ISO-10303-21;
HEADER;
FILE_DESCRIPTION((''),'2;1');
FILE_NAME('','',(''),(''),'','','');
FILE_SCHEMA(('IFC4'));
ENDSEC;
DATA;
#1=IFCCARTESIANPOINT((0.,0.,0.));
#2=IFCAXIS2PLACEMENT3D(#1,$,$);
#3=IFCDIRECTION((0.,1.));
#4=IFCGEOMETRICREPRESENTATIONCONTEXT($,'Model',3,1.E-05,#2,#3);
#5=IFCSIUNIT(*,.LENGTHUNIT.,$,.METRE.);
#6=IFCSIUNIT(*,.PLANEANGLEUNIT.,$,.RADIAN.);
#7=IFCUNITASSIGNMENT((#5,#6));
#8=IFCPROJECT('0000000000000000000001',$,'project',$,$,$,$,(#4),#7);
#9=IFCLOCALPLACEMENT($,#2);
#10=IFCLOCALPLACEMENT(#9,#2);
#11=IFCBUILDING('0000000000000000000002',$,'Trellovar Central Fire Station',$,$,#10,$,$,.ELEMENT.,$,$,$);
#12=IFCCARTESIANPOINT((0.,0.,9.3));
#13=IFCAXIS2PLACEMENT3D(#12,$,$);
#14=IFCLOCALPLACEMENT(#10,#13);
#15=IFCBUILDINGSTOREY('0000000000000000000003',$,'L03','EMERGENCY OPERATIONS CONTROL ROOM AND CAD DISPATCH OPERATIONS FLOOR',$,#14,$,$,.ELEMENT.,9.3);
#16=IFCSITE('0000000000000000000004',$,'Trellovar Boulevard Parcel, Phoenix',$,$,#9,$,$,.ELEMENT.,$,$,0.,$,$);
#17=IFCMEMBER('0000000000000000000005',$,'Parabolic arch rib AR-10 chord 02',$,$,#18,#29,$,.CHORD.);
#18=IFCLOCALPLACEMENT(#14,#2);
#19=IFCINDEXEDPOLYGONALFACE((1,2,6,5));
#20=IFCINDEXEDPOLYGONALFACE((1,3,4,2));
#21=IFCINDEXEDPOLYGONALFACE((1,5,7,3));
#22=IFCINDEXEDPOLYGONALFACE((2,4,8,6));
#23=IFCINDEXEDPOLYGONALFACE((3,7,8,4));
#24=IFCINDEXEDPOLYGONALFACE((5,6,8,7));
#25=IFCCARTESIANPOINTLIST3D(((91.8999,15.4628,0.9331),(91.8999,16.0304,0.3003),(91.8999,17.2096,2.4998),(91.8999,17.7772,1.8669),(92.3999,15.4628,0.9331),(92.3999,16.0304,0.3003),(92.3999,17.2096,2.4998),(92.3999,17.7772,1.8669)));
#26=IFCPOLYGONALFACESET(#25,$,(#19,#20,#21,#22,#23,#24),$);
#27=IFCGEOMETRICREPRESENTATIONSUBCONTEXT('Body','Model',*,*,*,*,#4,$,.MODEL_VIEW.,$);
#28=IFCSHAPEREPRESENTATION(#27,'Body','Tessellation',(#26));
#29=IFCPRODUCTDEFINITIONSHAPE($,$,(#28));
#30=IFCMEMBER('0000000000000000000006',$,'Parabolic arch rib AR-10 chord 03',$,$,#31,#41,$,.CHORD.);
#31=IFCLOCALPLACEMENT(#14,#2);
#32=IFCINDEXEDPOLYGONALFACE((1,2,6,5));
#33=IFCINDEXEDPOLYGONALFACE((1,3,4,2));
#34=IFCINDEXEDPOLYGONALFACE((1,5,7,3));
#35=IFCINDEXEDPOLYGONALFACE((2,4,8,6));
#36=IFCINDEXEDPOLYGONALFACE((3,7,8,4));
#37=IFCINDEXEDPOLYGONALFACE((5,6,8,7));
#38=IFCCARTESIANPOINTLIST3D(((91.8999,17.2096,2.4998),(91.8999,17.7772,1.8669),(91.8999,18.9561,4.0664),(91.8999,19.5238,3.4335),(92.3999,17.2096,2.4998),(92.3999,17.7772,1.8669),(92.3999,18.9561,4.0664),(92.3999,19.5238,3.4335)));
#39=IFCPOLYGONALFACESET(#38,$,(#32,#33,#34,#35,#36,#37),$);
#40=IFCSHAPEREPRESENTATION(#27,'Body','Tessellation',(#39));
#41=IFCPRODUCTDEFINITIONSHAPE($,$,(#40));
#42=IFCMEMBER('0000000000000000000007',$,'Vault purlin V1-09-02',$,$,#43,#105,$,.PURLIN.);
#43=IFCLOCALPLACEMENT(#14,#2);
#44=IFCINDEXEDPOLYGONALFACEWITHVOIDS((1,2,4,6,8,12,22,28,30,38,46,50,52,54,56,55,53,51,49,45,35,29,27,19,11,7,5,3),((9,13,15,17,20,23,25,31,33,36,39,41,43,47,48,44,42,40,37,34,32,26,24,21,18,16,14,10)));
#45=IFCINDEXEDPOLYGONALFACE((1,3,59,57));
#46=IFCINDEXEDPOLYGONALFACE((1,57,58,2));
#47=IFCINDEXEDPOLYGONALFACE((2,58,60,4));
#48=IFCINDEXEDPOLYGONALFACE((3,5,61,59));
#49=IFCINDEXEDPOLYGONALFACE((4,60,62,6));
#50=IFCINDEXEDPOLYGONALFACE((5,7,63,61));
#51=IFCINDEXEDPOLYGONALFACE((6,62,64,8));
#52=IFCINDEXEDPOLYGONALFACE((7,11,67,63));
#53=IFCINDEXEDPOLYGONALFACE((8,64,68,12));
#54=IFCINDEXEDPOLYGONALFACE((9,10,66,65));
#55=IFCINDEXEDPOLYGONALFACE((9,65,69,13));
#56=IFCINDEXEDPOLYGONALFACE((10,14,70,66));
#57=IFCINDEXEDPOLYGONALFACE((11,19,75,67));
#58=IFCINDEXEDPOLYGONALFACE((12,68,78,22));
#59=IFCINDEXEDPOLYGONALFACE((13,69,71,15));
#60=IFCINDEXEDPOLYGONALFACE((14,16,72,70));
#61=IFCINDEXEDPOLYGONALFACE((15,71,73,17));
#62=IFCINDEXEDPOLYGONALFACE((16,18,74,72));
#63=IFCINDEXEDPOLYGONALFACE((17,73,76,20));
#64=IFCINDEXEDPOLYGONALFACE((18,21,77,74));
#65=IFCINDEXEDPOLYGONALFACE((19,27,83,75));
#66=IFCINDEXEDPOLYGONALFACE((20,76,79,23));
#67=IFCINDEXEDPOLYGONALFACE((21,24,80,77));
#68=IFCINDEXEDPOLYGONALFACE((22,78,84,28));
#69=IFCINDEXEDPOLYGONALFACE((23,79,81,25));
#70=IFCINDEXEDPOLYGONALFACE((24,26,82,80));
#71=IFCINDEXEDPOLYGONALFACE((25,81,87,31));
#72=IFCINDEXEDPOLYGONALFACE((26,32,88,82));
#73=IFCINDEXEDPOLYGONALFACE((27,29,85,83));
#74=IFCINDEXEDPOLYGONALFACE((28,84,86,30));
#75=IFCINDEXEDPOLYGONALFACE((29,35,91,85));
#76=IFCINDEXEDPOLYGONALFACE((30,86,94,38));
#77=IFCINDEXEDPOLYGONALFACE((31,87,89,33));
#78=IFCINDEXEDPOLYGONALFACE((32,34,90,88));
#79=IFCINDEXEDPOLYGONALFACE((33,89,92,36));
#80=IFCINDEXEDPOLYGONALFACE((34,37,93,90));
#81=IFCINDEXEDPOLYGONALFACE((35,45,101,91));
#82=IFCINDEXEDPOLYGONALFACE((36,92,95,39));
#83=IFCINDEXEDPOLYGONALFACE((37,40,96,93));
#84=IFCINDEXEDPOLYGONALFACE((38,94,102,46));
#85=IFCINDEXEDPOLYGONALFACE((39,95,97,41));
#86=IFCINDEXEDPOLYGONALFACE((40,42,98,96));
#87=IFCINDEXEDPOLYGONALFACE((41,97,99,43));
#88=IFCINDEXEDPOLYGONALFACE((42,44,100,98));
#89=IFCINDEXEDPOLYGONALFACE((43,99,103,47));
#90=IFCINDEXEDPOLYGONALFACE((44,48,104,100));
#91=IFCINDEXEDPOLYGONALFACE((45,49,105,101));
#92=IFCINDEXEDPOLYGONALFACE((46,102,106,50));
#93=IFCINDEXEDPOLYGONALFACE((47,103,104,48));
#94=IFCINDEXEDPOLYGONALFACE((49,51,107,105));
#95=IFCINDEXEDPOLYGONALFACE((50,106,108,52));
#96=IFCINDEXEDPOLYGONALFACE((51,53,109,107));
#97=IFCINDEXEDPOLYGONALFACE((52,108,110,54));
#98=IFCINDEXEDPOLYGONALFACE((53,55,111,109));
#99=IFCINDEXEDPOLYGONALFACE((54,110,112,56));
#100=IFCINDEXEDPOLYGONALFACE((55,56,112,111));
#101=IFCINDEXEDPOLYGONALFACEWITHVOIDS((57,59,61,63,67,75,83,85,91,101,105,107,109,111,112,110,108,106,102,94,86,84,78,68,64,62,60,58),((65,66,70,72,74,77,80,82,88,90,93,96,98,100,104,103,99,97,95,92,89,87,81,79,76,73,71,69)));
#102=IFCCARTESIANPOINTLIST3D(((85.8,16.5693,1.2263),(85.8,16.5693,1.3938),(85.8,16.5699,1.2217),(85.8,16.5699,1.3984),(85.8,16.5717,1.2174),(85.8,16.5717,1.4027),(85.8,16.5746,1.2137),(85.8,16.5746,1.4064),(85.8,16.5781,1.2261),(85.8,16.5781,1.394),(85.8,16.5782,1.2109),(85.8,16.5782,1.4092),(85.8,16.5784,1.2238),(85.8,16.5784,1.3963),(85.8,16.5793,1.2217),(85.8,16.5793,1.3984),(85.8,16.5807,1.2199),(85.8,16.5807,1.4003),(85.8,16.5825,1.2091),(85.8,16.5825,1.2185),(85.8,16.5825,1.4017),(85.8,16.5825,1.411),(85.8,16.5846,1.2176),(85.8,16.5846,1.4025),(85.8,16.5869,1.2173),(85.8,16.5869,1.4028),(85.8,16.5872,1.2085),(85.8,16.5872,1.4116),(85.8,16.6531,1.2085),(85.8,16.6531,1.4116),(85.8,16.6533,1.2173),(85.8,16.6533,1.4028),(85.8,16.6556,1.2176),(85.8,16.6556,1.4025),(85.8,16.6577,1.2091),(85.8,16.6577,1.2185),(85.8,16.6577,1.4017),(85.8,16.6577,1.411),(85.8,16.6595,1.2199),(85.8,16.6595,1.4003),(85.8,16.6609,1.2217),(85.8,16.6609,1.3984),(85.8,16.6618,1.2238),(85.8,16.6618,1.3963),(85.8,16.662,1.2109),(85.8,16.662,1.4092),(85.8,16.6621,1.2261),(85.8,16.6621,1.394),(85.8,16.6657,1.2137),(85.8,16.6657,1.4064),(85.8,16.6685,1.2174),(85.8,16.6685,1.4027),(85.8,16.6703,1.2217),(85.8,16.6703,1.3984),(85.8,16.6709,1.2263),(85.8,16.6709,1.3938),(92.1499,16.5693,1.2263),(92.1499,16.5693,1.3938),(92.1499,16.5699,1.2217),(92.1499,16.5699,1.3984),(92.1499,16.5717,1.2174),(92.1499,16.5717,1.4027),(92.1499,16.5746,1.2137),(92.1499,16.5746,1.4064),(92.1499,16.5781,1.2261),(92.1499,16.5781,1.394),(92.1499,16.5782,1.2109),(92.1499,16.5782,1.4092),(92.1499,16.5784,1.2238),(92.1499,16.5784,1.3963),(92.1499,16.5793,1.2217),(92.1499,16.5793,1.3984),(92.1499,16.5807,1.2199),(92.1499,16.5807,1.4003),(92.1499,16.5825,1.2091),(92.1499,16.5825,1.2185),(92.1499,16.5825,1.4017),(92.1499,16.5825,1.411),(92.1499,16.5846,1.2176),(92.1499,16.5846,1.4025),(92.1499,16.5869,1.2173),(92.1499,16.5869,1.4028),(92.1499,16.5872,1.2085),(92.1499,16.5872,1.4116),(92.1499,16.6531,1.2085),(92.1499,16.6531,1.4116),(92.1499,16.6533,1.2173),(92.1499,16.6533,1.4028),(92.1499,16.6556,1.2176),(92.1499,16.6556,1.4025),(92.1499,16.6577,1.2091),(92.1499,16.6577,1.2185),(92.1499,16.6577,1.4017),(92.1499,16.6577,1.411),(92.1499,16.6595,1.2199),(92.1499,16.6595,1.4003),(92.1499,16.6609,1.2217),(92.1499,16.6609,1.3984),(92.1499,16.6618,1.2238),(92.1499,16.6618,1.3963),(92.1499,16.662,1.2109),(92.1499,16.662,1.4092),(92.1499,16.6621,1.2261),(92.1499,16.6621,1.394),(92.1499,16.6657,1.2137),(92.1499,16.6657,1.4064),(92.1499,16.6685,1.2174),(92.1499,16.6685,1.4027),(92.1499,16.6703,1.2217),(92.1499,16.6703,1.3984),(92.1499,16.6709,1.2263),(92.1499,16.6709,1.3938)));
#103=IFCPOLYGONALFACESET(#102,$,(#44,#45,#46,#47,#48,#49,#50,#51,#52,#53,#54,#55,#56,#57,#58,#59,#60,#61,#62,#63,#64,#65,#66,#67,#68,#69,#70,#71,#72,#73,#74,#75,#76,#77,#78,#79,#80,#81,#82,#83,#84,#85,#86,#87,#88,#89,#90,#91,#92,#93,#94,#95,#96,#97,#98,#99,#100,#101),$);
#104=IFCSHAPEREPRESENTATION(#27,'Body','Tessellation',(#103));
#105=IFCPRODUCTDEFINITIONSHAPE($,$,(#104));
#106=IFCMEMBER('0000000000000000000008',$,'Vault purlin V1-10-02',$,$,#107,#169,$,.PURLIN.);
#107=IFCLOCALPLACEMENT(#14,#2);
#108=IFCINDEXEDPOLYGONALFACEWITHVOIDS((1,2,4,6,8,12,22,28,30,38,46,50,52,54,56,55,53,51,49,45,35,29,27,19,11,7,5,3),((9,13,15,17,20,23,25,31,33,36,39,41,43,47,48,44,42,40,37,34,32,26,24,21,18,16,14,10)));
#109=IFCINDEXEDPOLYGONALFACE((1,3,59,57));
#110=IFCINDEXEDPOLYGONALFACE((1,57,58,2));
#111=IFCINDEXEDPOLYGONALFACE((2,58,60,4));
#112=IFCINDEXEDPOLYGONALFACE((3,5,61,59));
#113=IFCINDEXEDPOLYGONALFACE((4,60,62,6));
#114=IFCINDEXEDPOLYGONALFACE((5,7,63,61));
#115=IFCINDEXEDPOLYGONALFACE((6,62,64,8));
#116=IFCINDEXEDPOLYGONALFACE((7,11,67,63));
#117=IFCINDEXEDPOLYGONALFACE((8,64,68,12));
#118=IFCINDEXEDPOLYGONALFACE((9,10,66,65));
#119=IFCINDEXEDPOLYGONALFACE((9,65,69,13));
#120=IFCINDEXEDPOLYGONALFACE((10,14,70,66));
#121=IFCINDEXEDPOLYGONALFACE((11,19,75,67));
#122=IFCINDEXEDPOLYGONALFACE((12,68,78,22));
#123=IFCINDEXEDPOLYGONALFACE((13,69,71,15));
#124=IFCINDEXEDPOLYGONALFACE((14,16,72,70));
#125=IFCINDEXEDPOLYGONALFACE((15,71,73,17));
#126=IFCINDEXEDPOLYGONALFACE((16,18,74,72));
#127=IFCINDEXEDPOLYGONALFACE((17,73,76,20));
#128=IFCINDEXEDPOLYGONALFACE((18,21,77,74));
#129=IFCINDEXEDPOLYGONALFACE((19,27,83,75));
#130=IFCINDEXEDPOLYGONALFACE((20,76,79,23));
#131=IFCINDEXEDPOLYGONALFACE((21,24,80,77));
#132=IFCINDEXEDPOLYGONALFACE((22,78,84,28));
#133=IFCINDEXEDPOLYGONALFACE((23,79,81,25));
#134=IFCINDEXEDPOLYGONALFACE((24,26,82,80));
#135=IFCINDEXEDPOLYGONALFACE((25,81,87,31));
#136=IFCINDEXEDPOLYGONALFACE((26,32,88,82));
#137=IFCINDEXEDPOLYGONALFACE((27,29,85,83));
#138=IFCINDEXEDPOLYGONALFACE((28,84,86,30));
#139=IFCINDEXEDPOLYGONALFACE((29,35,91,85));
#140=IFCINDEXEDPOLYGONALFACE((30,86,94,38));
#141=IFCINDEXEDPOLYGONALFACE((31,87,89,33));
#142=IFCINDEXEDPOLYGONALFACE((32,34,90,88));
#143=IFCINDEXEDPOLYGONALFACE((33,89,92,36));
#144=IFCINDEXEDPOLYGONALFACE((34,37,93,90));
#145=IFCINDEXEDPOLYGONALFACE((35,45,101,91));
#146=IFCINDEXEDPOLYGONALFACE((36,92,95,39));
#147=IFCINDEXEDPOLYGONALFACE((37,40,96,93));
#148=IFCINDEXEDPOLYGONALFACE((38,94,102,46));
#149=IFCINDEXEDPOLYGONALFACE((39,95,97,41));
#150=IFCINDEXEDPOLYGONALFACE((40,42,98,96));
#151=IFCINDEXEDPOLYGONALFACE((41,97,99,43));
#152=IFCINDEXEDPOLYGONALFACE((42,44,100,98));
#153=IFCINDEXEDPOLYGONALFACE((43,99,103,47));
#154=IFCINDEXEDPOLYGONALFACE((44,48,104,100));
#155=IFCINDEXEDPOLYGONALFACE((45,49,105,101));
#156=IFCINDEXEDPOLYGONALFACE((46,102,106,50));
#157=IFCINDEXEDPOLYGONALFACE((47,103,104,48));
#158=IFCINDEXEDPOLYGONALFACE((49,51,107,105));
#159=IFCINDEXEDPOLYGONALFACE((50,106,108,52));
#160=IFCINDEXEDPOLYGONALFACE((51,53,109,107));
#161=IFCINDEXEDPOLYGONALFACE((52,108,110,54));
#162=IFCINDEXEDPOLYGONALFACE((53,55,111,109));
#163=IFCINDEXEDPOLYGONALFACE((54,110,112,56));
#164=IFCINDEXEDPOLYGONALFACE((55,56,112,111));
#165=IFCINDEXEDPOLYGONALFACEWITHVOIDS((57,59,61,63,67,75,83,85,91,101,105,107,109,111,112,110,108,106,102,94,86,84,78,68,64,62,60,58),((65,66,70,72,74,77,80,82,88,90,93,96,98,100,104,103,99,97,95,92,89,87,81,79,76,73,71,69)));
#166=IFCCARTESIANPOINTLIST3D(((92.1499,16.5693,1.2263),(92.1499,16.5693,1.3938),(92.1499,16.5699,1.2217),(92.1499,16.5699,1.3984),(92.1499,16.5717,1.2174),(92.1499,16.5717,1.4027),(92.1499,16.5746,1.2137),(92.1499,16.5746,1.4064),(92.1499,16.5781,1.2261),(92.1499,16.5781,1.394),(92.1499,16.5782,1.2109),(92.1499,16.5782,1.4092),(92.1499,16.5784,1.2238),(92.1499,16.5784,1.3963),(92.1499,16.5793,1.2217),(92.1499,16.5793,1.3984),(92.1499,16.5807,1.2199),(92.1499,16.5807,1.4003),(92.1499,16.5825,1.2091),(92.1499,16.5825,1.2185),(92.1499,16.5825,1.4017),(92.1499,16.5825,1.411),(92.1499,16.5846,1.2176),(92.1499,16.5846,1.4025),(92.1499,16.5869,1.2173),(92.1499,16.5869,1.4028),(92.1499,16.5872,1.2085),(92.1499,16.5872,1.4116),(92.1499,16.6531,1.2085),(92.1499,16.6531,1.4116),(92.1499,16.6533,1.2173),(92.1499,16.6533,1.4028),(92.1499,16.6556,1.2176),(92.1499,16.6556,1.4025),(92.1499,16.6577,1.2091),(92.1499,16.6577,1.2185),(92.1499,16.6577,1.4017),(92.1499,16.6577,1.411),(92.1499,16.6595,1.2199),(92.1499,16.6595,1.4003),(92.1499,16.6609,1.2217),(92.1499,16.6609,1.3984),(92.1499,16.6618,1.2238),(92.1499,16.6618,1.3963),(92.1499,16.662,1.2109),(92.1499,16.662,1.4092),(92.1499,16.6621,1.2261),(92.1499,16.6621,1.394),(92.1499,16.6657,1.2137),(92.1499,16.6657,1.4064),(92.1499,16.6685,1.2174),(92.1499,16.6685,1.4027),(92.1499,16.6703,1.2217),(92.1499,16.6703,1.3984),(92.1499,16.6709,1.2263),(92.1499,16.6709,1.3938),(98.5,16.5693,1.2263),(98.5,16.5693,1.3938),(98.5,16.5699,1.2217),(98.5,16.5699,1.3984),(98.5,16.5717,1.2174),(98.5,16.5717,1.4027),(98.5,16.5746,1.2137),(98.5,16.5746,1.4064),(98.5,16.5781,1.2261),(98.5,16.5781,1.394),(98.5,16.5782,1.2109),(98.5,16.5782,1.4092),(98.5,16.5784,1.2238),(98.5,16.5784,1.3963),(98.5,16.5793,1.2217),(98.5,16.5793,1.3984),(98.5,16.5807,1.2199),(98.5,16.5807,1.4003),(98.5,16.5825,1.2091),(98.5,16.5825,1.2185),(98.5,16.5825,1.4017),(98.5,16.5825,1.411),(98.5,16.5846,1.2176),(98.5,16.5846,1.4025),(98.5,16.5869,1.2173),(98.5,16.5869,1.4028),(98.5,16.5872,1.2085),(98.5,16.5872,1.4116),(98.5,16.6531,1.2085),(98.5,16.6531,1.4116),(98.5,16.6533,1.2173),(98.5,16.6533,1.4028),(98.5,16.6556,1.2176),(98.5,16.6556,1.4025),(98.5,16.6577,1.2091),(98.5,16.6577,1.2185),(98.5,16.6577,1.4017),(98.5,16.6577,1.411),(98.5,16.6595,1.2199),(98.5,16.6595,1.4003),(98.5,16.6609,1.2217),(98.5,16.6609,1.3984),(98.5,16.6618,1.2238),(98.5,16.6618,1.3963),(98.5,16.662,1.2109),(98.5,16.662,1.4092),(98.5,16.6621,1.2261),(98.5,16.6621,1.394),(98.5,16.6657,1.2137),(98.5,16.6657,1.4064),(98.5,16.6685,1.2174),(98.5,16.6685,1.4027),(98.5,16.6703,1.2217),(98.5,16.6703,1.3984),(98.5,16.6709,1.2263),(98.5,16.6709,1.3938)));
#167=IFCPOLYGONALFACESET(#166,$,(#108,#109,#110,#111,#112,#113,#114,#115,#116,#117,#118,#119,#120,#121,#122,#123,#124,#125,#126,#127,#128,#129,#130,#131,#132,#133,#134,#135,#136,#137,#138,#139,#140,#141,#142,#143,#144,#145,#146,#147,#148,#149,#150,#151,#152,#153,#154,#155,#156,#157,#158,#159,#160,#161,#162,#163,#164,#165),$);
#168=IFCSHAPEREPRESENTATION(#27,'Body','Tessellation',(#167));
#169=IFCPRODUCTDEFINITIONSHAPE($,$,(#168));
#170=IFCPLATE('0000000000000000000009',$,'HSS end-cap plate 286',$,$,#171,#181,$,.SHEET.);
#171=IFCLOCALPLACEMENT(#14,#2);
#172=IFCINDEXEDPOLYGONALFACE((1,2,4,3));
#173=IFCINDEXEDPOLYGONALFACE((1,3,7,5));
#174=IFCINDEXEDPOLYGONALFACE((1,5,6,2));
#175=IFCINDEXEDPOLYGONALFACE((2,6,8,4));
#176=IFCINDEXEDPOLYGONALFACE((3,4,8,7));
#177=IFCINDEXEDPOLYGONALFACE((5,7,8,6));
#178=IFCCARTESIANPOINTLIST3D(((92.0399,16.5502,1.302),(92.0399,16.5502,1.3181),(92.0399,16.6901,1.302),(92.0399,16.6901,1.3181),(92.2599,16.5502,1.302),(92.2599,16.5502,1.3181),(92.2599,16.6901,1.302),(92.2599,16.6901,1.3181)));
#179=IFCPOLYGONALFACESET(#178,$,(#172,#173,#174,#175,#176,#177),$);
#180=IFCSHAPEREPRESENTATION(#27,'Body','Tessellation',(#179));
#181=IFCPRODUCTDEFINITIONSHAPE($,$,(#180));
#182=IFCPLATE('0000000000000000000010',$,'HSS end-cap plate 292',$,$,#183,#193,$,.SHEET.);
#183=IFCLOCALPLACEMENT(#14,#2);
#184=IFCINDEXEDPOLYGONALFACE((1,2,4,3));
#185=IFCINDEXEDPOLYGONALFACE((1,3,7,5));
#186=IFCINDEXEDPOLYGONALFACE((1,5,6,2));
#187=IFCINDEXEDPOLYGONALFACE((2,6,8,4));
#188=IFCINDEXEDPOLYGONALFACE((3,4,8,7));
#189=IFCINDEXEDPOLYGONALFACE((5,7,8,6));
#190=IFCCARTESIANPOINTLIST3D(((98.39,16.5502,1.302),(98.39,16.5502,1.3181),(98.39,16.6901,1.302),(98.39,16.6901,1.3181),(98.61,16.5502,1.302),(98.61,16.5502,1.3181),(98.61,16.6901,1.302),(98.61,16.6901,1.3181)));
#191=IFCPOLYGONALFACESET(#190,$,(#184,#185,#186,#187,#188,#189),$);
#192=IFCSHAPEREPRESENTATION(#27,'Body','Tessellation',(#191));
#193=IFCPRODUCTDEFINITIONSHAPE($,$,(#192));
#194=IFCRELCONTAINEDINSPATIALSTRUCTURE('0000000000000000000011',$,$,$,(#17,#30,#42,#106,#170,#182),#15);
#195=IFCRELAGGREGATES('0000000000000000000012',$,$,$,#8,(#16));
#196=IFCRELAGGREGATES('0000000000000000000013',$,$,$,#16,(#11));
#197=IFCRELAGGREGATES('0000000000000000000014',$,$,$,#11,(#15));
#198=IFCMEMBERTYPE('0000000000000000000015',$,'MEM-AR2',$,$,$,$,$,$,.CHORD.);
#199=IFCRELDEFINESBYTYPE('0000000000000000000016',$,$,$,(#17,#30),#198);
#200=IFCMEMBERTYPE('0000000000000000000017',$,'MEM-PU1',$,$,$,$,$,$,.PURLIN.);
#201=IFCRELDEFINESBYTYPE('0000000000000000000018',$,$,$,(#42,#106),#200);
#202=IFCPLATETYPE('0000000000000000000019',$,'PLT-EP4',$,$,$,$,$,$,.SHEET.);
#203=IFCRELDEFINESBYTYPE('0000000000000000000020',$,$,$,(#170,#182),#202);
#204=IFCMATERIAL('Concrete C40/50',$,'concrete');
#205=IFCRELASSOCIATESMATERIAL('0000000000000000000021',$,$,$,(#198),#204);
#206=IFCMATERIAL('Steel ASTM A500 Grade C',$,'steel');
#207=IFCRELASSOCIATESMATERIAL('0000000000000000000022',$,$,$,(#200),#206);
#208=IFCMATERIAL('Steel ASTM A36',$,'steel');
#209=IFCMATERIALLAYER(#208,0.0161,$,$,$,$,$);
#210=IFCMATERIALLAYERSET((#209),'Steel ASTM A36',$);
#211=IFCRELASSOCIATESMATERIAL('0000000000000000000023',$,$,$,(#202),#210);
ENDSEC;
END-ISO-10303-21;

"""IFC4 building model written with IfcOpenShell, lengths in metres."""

from ifc_helpers import new_model, si_unit, direction, frame, origin, origin_2d, place, context, subcontext, project, spatial, rectangle, hollow_rectangle, extrude, material, layer, layer_set, material_profile, profile_set, type_object, element, save


model = new_model("IFC4")

# Units and contexts
model_context = context("Model", 3, precision=1e-05, world=origin(), true_north=direction((0.0, 1.0)))
body_context = subcontext(model_context, "Body", "Model", "MODEL_VIEW")
ifc_project = project(units=[si_unit("LENGTHUNIT", "METRE"), si_unit("PLANEANGLEUNIT", "RADIAN")], contexts=[model_context])

# Site, building, storey
site_placement = place(None, origin())
site = spatial("IfcSite", under=ifc_project, at=site_placement, Name="Trellovar Boulevard Parcel, Phoenix", CompositionType="ELEMENT", RefElevation=0.0)
building_placement = place(site_placement, origin())
building = spatial("IfcBuilding", under=site, at=building_placement, Name="Trellovar Central Fire Station", CompositionType="ELEMENT")
storey_placement = place(building_placement, frame((0.0, 0.0, 9.3)))
storey = spatial("IfcBuildingStorey", under=building, at=storey_placement, Name="L03", Description="EMERGENCY OPERATIONS CONTROL ROOM AND CAD DISPATCH OPERATIONS FLOOR", CompositionType="ELEMENT", Elevation=9.3)

# Members
ifc_material_1 = material(Name="Concrete C40/50", Category="concrete")
ifc_material_profile_1 = material_profile(ifc_material_1, rectangle(XDim=0.5, YDim=0.8501, at=origin_2d()), Name="RC500X850")
ifc_profile_set_1 = profile_set([ifc_material_profile_1], Name="Concrete C40/50")
member_type_1 = type_object("IfcMemberType", Name="MEM-AR2", PredefinedType="CHORD", material=ifc_profile_set_1)
member_1_placement = place(storey_placement, frame((92.1499, 15.7466, 0.6167), z_axis=(0.0, 0.744457, 0.66767), x_axis=(-1.0, 0.0, 0.0)))
element("IfcMember", 1, at=member_1_placement, inside=storey, type_object=member_type_1, Name="Parabolic arch rib AR-10 chord 02", PredefinedType="CHORD", context=body_context, shape_type="SweptSolid", body=[
    extrude(rectangle(XDim=0.5, YDim=0.8501, at=origin_2d()), origin(), (0.0, 0.0, 1.0), 2.3464),
])
member_2_placement = place(storey_placement, frame((92.1499, 17.4934, 2.1833), z_axis=(0.0, 0.744411, 0.667722), x_axis=(-1.0, 0.0, 0.0)))
element("IfcMember", 2, at=member_2_placement, inside=storey, type_object=member_type_1, Name="Parabolic arch rib AR-10 chord 03", PredefinedType="CHORD", context=body_context, shape_type="SweptSolid", body=[
    extrude(rectangle(XDim=0.5, YDim=0.8501, at=origin_2d()), origin(), (0.0, 0.0, 1.0), 2.3462),
])
ifc_material_2 = material(Name="Steel ASTM A500 Grade C", Category="steel")
ifc_material_profile_2 = material_profile(ifc_material_2, hollow_rectangle(XDim=0.1016, YDim=0.2031, WallThickness=0.0088, InnerFilletRadius=0.0088, OuterFilletRadius=0.0178, at=origin_2d()), Name="HSS8X4X3/8")
ifc_profile_set_2 = profile_set([ifc_material_profile_2], Name="Steel ASTM A500 Grade C")
member_type_2 = type_object("IfcMemberType", Name="MEM-PU1", PredefinedType="PURLIN", material=ifc_profile_set_2)
member_3_placement = place(storey_placement, frame((85.8, 16.6201, 1.3101), z_axis=(1.0, 0.0, 0.0), x_axis=(0.0, 1.0, 0.0)))
element("IfcMember", 3, at=member_3_placement, inside=storey, type_object=member_type_2, Name="Vault purlin V1-09-02", PredefinedType="PURLIN", context=body_context, shape_type="SweptSolid", body=[
    extrude(hollow_rectangle(XDim=0.1016, YDim=0.2031, WallThickness=0.0088, InnerFilletRadius=0.0088, OuterFilletRadius=0.0178, at=origin_2d()), origin(), (0.0, 0.0, 1.0), 6.3499),
])
member_4_placement = place(storey_placement, frame((92.1499, 16.6201, 1.3101), z_axis=(1.0, 0.0, 0.0), x_axis=(0.0, 1.0, 0.0)))
element("IfcMember", 4, at=member_4_placement, inside=storey, type_object=member_type_2, Name="Vault purlin V1-10-02", PredefinedType="PURLIN", context=body_context, shape_type="SweptSolid", body=[
    extrude(hollow_rectangle(XDim=0.1016, YDim=0.2031, WallThickness=0.0088, InnerFilletRadius=0.0088, OuterFilletRadius=0.0178, at=origin_2d()), origin(), (0.0, 0.0, 1.0), 6.3501),
])

# Plates
ifc_material_3 = material(Name="Steel ASTM A36", Category="steel")
ifc_layer_1 = layer(ifc_material_3, 0.0161)
ifc_layer_set_1 = layer_set([ifc_layer_1], Name="Steel ASTM A36")
plate_type = type_object("IfcPlateType", Name="PLT-EP4", PredefinedType="SHEET", material=ifc_layer_set_1)
for number, where, z_axis, x_axis, name in (
    (5, (92.1499, 16.6201, 1.302), (0.0, 0.0, 1.0), (1.0, 0.0, 0.0), "HSS end-cap plate 286"),
    (6, (98.5, 16.6201, 1.302), (0.0, 0.0, 1.0), (1.0, 0.0, 0.0), "HSS end-cap plate 292"),
):
    element("IfcPlate", number, at=place(storey_placement, frame(where, z_axis=z_axis, x_axis=x_axis)), inside=storey, type_object=plate_type, Name=name, PredefinedType="SHEET", context=body_context, shape_type="SweptSolid", body=[
        extrude(rectangle(XDim=0.22, YDim=0.1399, at=origin_2d()), origin(), (0.0, 0.0, 1.0), 0.0161),
    ])

save(model, "model.ifc")
